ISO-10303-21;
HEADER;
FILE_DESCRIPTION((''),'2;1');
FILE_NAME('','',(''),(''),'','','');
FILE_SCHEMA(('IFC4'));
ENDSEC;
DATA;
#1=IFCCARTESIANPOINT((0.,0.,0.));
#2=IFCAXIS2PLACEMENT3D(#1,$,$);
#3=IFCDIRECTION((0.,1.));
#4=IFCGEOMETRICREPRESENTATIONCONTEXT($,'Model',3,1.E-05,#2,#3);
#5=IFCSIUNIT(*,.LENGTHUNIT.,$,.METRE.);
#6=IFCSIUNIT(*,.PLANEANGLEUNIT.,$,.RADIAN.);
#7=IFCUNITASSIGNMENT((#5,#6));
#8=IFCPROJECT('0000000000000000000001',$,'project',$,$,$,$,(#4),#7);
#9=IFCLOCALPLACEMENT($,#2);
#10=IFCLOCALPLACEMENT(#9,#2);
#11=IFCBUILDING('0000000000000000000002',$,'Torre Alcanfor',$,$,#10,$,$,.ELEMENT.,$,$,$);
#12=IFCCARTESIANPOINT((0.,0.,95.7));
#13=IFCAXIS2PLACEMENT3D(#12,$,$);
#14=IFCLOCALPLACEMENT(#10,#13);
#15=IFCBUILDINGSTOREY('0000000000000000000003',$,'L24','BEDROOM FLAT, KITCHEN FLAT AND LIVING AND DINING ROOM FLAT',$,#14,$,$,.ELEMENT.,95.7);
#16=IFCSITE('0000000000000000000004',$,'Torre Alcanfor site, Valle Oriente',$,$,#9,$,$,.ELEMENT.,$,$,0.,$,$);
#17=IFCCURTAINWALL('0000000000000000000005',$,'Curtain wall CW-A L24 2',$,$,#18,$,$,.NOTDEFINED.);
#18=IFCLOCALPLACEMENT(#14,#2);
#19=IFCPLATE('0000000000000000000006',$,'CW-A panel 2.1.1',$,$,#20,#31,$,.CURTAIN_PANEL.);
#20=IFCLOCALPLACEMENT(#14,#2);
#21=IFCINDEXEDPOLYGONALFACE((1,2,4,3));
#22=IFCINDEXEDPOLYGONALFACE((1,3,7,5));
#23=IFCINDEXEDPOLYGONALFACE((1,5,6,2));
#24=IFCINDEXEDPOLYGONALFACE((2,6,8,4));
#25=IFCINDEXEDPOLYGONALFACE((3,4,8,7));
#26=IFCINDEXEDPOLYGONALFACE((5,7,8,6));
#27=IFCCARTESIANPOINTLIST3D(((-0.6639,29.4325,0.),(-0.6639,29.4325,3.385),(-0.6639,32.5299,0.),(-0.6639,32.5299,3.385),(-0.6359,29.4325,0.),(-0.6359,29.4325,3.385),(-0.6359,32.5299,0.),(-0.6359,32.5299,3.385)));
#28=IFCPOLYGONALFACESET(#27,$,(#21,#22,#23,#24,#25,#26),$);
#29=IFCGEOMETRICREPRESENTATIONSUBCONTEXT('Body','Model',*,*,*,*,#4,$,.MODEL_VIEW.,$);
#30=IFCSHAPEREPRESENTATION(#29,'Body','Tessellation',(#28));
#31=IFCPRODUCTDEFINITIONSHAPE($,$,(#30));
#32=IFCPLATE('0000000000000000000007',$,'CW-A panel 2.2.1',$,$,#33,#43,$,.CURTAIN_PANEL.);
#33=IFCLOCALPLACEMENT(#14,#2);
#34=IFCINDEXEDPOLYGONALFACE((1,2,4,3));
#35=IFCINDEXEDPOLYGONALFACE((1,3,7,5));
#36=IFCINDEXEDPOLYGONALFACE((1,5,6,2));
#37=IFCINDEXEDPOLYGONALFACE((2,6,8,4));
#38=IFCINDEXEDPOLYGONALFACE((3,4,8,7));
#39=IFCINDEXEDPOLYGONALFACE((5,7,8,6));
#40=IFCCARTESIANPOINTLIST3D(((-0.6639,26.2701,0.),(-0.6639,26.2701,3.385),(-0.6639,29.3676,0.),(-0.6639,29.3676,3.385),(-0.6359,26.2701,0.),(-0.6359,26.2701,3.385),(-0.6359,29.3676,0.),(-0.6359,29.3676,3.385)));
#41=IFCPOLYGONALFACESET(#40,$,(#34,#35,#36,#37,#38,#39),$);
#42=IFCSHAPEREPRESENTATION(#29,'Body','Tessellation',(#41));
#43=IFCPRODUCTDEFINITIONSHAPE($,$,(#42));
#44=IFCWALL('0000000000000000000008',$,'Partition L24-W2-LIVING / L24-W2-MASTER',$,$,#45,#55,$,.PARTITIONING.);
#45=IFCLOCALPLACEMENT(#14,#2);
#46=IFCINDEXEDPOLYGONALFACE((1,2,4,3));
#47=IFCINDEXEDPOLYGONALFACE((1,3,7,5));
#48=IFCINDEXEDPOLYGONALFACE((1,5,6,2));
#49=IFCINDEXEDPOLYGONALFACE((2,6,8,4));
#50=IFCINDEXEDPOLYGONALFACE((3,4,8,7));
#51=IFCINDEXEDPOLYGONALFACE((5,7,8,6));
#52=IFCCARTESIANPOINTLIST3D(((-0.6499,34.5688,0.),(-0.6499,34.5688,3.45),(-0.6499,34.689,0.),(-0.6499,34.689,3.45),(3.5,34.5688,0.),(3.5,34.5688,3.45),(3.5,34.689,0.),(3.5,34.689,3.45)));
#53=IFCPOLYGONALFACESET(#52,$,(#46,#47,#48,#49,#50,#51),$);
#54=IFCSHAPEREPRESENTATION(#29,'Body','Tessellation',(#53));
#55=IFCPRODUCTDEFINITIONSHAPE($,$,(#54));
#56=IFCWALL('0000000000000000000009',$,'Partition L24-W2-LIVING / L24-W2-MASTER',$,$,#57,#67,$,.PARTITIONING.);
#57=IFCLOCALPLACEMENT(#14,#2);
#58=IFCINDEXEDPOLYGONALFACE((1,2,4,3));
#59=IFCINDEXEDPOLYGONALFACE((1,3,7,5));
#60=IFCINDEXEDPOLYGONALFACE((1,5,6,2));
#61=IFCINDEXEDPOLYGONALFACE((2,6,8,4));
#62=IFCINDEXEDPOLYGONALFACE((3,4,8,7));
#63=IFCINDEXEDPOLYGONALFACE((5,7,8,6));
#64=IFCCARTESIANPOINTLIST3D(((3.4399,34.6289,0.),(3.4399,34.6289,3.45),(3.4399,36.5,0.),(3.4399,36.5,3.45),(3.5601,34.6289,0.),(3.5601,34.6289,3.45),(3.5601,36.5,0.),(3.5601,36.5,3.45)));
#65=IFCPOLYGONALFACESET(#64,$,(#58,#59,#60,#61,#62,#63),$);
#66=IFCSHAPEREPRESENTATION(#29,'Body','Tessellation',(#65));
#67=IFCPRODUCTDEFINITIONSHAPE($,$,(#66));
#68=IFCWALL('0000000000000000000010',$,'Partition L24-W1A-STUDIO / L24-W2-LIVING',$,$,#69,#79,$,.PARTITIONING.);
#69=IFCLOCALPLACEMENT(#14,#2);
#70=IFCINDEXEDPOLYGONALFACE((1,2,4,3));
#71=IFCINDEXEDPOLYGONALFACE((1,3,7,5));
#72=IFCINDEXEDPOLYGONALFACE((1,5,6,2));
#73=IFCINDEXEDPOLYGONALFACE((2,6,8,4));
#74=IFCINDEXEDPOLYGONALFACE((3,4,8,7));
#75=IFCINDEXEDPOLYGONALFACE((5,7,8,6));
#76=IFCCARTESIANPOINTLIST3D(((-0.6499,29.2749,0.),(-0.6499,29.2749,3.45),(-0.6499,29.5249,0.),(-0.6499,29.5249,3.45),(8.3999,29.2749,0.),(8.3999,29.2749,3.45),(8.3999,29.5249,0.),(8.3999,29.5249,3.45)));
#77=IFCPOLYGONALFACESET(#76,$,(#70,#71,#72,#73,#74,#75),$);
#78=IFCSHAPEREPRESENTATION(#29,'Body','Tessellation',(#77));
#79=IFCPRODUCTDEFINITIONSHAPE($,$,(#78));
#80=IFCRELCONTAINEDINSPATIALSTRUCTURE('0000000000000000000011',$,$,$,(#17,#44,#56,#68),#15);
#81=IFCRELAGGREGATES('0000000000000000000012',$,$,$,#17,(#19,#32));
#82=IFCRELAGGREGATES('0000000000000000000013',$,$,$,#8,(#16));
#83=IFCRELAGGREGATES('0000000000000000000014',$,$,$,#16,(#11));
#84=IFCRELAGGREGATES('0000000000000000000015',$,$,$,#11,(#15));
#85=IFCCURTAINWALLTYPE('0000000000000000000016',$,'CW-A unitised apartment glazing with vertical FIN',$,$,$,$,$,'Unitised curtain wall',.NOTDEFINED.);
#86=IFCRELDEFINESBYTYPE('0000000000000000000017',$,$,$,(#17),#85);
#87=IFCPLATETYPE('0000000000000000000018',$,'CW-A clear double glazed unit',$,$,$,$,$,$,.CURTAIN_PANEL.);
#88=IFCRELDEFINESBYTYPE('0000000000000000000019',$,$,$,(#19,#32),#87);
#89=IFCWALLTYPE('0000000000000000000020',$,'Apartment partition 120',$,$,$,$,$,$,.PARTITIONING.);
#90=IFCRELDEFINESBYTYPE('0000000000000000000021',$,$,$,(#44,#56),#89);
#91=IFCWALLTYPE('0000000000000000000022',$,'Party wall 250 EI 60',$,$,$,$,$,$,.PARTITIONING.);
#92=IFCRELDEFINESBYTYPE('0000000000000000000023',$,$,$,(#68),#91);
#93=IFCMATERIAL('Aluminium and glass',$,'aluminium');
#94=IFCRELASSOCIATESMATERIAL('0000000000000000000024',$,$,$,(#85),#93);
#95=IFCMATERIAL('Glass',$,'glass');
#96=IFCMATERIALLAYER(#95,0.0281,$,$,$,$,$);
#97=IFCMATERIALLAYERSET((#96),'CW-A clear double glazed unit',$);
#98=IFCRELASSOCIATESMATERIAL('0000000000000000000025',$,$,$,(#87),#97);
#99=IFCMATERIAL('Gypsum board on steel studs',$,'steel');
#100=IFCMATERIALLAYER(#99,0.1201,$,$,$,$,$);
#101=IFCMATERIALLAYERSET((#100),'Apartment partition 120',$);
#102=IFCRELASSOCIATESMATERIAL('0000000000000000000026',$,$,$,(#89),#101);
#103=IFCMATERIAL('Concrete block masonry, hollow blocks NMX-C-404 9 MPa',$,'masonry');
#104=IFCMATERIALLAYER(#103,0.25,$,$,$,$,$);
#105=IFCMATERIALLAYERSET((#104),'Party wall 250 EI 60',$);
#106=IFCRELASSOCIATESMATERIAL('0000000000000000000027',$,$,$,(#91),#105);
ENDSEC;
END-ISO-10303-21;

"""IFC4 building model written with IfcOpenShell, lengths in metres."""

from ifc_helpers import new_model, si_unit, direction, frame, frame_2d, origin, origin_2d, place, context, subcontext, project, spatial, rectangle, extrude, material, layer, layer_set, type_object, element, aggregate, save


model = new_model("IFC4")

# Units and contexts
model_context = context("Model", 3, precision=1e-05, world=origin(), true_north=direction((0.0, 1.0)))
body_context = subcontext(model_context, "Body", "Model", "MODEL_VIEW")
ifc_project = project(units=[si_unit("LENGTHUNIT", "METRE"), si_unit("PLANEANGLEUNIT", "RADIAN")], contexts=[model_context])

# Site, building, storey
site_placement = place(None, origin())
site = spatial("IfcSite", under=ifc_project, at=site_placement, Name="Torre Alcanfor site, Valle Oriente", CompositionType="ELEMENT", RefElevation=0.0)
building_placement = place(site_placement, origin())
building = spatial("IfcBuilding", under=site, at=building_placement, Name="Torre Alcanfor", CompositionType="ELEMENT")
storey_placement = place(building_placement, frame((0.0, 0.0, 95.7)))
storey = spatial("IfcBuildingStorey", under=building, at=storey_placement, Name="L24", Description="BEDROOM FLAT, KITCHEN FLAT AND LIVING AND DINING ROOM FLAT", CompositionType="ELEMENT", Elevation=95.7)

# Curtain wall
ifc_material_1 = material(Name="Aluminium and glass", Category="aluminium")
curtain_wall_type = type_object("IfcCurtainWallType", Name="CW-A unitised apartment glazing with vertical FIN", ElementType="Unitised curtain wall", PredefinedType="NOTDEFINED", material=ifc_material_1)
curtain_wall_placement = place(storey_placement, origin())
curtain_wall = element("IfcCurtainWall", 1, at=curtain_wall_placement, inside=storey, type_object=curtain_wall_type, Name="Curtain wall CW-A L24 2", PredefinedType="NOTDEFINED")

# Plates
ifc_material_2 = material(Name="Glass", Category="glass")
ifc_layer_1 = layer(ifc_material_2, 0.0281)
ifc_layer_set_1 = layer_set([ifc_layer_1], Name="CW-A clear double glazed unit")
plate_type = type_object("IfcPlateType", Name="CW-A clear double glazed unit", PredefinedType="CURTAIN_PANEL", material=ifc_layer_set_1)
plate_1_placement = place(storey_placement, frame((-0.6499, 30.9812, 0.0), z_axis=(0.0, 0.0, 1.0), x_axis=(0.0, -1.0, 0.0)))
plate_1 = element("IfcPlate", 2, at=plate_1_placement, type_object=plate_type, Name="CW-A panel 2.1.1", PredefinedType="CURTAIN_PANEL", context=body_context, shape_type="SweptSolid", body=[
    extrude(rectangle(XDim=3.0974, YDim=0.0281, at=origin_2d()), origin(), (0.0, 0.0, 1.0), 3.385),
])
plate_2_placement = place(storey_placement, frame((-0.6499, 27.8188, 0.0), z_axis=(0.0, 0.0, 1.0), x_axis=(0.0, -1.0, 0.0)))
plate_2 = element("IfcPlate", 3, at=plate_2_placement, type_object=plate_type, Name="CW-A panel 2.2.1", PredefinedType="CURTAIN_PANEL", context=body_context, shape_type="SweptSolid", body=[
    extrude(rectangle(XDim=3.0974, YDim=0.0281, at=origin_2d()), origin(), (0.0, 0.0, 1.0), 3.385),
])
aggregate(curtain_wall, [plate_1, plate_2])

# Walls
ifc_material_3 = material(Name="Gypsum board on steel studs", Category="steel")
ifc_layer_2 = layer(ifc_material_3, 0.1201)
ifc_layer_set_2 = layer_set([ifc_layer_2], Name="Apartment partition 120")
wall_type_1 = type_object("IfcWallType", Name="Apartment partition 120", PredefinedType="PARTITIONING", material=ifc_layer_set_2)
wall_1_placement = place(storey_placement, frame((-0.6499, 34.6289, 0.0), z_axis=(0.0, 0.0, 1.0), x_axis=(1.0, 0.0, 0.0)))
element("IfcWall", 4, at=wall_1_placement, inside=storey, type_object=wall_type_1, Name="Partition L24-W2-LIVING / L24-W2-MASTER", PredefinedType="PARTITIONING", context=body_context, shape_type="SweptSolid", body=[
    extrude(rectangle(XDim=4.1499, YDim=0.1201, at=frame_2d((2.075, 0.0))), origin(), (0.0, 0.0, 1.0), 3.45),
])
wall_2_placement = place(storey_placement, frame((3.5, 34.6289, 0.0), z_axis=(0.0, 0.0, 1.0), x_axis=(0.0, 1.0, 0.0)))
element("IfcWall", 5, at=wall_2_placement, inside=storey, type_object=wall_type_1, Name="Partition L24-W2-LIVING / L24-W2-MASTER", PredefinedType="PARTITIONING", context=body_context, shape_type="SweptSolid", body=[
    extrude(rectangle(XDim=1.8711, YDim=0.1201, at=frame_2d((0.9355, 0.0))), origin(), (0.0, 0.0, 1.0), 3.45),
])
ifc_material_4 = material(Name="Concrete block masonry, hollow blocks NMX-C-404 9 MPa", Category="masonry")
ifc_layer_3 = layer(ifc_material_4, 0.25)
ifc_layer_set_3 = layer_set([ifc_layer_3], Name="Party wall 250 EI 60")
wall_type_2 = type_object("IfcWallType", Name="Party wall 250 EI 60", PredefinedType="PARTITIONING", material=ifc_layer_set_3)
wall_3_placement = place(storey_placement, frame((8.3999, 29.3999, 0.0), z_axis=(0.0, 0.0, 1.0), x_axis=(-1.0, 0.0, 0.0)))
element("IfcWall", 6, at=wall_3_placement, inside=storey, type_object=wall_type_2, Name="Partition L24-W1A-STUDIO / L24-W2-LIVING", PredefinedType="PARTITIONING", context=body_context, shape_type="SweptSolid", body=[
    extrude(rectangle(XDim=9.0498, YDim=0.25, at=frame_2d((4.5249, 0.0))), origin(), (0.0, 0.0, 1.0), 3.45),
])

save(model, "model.ifc")
